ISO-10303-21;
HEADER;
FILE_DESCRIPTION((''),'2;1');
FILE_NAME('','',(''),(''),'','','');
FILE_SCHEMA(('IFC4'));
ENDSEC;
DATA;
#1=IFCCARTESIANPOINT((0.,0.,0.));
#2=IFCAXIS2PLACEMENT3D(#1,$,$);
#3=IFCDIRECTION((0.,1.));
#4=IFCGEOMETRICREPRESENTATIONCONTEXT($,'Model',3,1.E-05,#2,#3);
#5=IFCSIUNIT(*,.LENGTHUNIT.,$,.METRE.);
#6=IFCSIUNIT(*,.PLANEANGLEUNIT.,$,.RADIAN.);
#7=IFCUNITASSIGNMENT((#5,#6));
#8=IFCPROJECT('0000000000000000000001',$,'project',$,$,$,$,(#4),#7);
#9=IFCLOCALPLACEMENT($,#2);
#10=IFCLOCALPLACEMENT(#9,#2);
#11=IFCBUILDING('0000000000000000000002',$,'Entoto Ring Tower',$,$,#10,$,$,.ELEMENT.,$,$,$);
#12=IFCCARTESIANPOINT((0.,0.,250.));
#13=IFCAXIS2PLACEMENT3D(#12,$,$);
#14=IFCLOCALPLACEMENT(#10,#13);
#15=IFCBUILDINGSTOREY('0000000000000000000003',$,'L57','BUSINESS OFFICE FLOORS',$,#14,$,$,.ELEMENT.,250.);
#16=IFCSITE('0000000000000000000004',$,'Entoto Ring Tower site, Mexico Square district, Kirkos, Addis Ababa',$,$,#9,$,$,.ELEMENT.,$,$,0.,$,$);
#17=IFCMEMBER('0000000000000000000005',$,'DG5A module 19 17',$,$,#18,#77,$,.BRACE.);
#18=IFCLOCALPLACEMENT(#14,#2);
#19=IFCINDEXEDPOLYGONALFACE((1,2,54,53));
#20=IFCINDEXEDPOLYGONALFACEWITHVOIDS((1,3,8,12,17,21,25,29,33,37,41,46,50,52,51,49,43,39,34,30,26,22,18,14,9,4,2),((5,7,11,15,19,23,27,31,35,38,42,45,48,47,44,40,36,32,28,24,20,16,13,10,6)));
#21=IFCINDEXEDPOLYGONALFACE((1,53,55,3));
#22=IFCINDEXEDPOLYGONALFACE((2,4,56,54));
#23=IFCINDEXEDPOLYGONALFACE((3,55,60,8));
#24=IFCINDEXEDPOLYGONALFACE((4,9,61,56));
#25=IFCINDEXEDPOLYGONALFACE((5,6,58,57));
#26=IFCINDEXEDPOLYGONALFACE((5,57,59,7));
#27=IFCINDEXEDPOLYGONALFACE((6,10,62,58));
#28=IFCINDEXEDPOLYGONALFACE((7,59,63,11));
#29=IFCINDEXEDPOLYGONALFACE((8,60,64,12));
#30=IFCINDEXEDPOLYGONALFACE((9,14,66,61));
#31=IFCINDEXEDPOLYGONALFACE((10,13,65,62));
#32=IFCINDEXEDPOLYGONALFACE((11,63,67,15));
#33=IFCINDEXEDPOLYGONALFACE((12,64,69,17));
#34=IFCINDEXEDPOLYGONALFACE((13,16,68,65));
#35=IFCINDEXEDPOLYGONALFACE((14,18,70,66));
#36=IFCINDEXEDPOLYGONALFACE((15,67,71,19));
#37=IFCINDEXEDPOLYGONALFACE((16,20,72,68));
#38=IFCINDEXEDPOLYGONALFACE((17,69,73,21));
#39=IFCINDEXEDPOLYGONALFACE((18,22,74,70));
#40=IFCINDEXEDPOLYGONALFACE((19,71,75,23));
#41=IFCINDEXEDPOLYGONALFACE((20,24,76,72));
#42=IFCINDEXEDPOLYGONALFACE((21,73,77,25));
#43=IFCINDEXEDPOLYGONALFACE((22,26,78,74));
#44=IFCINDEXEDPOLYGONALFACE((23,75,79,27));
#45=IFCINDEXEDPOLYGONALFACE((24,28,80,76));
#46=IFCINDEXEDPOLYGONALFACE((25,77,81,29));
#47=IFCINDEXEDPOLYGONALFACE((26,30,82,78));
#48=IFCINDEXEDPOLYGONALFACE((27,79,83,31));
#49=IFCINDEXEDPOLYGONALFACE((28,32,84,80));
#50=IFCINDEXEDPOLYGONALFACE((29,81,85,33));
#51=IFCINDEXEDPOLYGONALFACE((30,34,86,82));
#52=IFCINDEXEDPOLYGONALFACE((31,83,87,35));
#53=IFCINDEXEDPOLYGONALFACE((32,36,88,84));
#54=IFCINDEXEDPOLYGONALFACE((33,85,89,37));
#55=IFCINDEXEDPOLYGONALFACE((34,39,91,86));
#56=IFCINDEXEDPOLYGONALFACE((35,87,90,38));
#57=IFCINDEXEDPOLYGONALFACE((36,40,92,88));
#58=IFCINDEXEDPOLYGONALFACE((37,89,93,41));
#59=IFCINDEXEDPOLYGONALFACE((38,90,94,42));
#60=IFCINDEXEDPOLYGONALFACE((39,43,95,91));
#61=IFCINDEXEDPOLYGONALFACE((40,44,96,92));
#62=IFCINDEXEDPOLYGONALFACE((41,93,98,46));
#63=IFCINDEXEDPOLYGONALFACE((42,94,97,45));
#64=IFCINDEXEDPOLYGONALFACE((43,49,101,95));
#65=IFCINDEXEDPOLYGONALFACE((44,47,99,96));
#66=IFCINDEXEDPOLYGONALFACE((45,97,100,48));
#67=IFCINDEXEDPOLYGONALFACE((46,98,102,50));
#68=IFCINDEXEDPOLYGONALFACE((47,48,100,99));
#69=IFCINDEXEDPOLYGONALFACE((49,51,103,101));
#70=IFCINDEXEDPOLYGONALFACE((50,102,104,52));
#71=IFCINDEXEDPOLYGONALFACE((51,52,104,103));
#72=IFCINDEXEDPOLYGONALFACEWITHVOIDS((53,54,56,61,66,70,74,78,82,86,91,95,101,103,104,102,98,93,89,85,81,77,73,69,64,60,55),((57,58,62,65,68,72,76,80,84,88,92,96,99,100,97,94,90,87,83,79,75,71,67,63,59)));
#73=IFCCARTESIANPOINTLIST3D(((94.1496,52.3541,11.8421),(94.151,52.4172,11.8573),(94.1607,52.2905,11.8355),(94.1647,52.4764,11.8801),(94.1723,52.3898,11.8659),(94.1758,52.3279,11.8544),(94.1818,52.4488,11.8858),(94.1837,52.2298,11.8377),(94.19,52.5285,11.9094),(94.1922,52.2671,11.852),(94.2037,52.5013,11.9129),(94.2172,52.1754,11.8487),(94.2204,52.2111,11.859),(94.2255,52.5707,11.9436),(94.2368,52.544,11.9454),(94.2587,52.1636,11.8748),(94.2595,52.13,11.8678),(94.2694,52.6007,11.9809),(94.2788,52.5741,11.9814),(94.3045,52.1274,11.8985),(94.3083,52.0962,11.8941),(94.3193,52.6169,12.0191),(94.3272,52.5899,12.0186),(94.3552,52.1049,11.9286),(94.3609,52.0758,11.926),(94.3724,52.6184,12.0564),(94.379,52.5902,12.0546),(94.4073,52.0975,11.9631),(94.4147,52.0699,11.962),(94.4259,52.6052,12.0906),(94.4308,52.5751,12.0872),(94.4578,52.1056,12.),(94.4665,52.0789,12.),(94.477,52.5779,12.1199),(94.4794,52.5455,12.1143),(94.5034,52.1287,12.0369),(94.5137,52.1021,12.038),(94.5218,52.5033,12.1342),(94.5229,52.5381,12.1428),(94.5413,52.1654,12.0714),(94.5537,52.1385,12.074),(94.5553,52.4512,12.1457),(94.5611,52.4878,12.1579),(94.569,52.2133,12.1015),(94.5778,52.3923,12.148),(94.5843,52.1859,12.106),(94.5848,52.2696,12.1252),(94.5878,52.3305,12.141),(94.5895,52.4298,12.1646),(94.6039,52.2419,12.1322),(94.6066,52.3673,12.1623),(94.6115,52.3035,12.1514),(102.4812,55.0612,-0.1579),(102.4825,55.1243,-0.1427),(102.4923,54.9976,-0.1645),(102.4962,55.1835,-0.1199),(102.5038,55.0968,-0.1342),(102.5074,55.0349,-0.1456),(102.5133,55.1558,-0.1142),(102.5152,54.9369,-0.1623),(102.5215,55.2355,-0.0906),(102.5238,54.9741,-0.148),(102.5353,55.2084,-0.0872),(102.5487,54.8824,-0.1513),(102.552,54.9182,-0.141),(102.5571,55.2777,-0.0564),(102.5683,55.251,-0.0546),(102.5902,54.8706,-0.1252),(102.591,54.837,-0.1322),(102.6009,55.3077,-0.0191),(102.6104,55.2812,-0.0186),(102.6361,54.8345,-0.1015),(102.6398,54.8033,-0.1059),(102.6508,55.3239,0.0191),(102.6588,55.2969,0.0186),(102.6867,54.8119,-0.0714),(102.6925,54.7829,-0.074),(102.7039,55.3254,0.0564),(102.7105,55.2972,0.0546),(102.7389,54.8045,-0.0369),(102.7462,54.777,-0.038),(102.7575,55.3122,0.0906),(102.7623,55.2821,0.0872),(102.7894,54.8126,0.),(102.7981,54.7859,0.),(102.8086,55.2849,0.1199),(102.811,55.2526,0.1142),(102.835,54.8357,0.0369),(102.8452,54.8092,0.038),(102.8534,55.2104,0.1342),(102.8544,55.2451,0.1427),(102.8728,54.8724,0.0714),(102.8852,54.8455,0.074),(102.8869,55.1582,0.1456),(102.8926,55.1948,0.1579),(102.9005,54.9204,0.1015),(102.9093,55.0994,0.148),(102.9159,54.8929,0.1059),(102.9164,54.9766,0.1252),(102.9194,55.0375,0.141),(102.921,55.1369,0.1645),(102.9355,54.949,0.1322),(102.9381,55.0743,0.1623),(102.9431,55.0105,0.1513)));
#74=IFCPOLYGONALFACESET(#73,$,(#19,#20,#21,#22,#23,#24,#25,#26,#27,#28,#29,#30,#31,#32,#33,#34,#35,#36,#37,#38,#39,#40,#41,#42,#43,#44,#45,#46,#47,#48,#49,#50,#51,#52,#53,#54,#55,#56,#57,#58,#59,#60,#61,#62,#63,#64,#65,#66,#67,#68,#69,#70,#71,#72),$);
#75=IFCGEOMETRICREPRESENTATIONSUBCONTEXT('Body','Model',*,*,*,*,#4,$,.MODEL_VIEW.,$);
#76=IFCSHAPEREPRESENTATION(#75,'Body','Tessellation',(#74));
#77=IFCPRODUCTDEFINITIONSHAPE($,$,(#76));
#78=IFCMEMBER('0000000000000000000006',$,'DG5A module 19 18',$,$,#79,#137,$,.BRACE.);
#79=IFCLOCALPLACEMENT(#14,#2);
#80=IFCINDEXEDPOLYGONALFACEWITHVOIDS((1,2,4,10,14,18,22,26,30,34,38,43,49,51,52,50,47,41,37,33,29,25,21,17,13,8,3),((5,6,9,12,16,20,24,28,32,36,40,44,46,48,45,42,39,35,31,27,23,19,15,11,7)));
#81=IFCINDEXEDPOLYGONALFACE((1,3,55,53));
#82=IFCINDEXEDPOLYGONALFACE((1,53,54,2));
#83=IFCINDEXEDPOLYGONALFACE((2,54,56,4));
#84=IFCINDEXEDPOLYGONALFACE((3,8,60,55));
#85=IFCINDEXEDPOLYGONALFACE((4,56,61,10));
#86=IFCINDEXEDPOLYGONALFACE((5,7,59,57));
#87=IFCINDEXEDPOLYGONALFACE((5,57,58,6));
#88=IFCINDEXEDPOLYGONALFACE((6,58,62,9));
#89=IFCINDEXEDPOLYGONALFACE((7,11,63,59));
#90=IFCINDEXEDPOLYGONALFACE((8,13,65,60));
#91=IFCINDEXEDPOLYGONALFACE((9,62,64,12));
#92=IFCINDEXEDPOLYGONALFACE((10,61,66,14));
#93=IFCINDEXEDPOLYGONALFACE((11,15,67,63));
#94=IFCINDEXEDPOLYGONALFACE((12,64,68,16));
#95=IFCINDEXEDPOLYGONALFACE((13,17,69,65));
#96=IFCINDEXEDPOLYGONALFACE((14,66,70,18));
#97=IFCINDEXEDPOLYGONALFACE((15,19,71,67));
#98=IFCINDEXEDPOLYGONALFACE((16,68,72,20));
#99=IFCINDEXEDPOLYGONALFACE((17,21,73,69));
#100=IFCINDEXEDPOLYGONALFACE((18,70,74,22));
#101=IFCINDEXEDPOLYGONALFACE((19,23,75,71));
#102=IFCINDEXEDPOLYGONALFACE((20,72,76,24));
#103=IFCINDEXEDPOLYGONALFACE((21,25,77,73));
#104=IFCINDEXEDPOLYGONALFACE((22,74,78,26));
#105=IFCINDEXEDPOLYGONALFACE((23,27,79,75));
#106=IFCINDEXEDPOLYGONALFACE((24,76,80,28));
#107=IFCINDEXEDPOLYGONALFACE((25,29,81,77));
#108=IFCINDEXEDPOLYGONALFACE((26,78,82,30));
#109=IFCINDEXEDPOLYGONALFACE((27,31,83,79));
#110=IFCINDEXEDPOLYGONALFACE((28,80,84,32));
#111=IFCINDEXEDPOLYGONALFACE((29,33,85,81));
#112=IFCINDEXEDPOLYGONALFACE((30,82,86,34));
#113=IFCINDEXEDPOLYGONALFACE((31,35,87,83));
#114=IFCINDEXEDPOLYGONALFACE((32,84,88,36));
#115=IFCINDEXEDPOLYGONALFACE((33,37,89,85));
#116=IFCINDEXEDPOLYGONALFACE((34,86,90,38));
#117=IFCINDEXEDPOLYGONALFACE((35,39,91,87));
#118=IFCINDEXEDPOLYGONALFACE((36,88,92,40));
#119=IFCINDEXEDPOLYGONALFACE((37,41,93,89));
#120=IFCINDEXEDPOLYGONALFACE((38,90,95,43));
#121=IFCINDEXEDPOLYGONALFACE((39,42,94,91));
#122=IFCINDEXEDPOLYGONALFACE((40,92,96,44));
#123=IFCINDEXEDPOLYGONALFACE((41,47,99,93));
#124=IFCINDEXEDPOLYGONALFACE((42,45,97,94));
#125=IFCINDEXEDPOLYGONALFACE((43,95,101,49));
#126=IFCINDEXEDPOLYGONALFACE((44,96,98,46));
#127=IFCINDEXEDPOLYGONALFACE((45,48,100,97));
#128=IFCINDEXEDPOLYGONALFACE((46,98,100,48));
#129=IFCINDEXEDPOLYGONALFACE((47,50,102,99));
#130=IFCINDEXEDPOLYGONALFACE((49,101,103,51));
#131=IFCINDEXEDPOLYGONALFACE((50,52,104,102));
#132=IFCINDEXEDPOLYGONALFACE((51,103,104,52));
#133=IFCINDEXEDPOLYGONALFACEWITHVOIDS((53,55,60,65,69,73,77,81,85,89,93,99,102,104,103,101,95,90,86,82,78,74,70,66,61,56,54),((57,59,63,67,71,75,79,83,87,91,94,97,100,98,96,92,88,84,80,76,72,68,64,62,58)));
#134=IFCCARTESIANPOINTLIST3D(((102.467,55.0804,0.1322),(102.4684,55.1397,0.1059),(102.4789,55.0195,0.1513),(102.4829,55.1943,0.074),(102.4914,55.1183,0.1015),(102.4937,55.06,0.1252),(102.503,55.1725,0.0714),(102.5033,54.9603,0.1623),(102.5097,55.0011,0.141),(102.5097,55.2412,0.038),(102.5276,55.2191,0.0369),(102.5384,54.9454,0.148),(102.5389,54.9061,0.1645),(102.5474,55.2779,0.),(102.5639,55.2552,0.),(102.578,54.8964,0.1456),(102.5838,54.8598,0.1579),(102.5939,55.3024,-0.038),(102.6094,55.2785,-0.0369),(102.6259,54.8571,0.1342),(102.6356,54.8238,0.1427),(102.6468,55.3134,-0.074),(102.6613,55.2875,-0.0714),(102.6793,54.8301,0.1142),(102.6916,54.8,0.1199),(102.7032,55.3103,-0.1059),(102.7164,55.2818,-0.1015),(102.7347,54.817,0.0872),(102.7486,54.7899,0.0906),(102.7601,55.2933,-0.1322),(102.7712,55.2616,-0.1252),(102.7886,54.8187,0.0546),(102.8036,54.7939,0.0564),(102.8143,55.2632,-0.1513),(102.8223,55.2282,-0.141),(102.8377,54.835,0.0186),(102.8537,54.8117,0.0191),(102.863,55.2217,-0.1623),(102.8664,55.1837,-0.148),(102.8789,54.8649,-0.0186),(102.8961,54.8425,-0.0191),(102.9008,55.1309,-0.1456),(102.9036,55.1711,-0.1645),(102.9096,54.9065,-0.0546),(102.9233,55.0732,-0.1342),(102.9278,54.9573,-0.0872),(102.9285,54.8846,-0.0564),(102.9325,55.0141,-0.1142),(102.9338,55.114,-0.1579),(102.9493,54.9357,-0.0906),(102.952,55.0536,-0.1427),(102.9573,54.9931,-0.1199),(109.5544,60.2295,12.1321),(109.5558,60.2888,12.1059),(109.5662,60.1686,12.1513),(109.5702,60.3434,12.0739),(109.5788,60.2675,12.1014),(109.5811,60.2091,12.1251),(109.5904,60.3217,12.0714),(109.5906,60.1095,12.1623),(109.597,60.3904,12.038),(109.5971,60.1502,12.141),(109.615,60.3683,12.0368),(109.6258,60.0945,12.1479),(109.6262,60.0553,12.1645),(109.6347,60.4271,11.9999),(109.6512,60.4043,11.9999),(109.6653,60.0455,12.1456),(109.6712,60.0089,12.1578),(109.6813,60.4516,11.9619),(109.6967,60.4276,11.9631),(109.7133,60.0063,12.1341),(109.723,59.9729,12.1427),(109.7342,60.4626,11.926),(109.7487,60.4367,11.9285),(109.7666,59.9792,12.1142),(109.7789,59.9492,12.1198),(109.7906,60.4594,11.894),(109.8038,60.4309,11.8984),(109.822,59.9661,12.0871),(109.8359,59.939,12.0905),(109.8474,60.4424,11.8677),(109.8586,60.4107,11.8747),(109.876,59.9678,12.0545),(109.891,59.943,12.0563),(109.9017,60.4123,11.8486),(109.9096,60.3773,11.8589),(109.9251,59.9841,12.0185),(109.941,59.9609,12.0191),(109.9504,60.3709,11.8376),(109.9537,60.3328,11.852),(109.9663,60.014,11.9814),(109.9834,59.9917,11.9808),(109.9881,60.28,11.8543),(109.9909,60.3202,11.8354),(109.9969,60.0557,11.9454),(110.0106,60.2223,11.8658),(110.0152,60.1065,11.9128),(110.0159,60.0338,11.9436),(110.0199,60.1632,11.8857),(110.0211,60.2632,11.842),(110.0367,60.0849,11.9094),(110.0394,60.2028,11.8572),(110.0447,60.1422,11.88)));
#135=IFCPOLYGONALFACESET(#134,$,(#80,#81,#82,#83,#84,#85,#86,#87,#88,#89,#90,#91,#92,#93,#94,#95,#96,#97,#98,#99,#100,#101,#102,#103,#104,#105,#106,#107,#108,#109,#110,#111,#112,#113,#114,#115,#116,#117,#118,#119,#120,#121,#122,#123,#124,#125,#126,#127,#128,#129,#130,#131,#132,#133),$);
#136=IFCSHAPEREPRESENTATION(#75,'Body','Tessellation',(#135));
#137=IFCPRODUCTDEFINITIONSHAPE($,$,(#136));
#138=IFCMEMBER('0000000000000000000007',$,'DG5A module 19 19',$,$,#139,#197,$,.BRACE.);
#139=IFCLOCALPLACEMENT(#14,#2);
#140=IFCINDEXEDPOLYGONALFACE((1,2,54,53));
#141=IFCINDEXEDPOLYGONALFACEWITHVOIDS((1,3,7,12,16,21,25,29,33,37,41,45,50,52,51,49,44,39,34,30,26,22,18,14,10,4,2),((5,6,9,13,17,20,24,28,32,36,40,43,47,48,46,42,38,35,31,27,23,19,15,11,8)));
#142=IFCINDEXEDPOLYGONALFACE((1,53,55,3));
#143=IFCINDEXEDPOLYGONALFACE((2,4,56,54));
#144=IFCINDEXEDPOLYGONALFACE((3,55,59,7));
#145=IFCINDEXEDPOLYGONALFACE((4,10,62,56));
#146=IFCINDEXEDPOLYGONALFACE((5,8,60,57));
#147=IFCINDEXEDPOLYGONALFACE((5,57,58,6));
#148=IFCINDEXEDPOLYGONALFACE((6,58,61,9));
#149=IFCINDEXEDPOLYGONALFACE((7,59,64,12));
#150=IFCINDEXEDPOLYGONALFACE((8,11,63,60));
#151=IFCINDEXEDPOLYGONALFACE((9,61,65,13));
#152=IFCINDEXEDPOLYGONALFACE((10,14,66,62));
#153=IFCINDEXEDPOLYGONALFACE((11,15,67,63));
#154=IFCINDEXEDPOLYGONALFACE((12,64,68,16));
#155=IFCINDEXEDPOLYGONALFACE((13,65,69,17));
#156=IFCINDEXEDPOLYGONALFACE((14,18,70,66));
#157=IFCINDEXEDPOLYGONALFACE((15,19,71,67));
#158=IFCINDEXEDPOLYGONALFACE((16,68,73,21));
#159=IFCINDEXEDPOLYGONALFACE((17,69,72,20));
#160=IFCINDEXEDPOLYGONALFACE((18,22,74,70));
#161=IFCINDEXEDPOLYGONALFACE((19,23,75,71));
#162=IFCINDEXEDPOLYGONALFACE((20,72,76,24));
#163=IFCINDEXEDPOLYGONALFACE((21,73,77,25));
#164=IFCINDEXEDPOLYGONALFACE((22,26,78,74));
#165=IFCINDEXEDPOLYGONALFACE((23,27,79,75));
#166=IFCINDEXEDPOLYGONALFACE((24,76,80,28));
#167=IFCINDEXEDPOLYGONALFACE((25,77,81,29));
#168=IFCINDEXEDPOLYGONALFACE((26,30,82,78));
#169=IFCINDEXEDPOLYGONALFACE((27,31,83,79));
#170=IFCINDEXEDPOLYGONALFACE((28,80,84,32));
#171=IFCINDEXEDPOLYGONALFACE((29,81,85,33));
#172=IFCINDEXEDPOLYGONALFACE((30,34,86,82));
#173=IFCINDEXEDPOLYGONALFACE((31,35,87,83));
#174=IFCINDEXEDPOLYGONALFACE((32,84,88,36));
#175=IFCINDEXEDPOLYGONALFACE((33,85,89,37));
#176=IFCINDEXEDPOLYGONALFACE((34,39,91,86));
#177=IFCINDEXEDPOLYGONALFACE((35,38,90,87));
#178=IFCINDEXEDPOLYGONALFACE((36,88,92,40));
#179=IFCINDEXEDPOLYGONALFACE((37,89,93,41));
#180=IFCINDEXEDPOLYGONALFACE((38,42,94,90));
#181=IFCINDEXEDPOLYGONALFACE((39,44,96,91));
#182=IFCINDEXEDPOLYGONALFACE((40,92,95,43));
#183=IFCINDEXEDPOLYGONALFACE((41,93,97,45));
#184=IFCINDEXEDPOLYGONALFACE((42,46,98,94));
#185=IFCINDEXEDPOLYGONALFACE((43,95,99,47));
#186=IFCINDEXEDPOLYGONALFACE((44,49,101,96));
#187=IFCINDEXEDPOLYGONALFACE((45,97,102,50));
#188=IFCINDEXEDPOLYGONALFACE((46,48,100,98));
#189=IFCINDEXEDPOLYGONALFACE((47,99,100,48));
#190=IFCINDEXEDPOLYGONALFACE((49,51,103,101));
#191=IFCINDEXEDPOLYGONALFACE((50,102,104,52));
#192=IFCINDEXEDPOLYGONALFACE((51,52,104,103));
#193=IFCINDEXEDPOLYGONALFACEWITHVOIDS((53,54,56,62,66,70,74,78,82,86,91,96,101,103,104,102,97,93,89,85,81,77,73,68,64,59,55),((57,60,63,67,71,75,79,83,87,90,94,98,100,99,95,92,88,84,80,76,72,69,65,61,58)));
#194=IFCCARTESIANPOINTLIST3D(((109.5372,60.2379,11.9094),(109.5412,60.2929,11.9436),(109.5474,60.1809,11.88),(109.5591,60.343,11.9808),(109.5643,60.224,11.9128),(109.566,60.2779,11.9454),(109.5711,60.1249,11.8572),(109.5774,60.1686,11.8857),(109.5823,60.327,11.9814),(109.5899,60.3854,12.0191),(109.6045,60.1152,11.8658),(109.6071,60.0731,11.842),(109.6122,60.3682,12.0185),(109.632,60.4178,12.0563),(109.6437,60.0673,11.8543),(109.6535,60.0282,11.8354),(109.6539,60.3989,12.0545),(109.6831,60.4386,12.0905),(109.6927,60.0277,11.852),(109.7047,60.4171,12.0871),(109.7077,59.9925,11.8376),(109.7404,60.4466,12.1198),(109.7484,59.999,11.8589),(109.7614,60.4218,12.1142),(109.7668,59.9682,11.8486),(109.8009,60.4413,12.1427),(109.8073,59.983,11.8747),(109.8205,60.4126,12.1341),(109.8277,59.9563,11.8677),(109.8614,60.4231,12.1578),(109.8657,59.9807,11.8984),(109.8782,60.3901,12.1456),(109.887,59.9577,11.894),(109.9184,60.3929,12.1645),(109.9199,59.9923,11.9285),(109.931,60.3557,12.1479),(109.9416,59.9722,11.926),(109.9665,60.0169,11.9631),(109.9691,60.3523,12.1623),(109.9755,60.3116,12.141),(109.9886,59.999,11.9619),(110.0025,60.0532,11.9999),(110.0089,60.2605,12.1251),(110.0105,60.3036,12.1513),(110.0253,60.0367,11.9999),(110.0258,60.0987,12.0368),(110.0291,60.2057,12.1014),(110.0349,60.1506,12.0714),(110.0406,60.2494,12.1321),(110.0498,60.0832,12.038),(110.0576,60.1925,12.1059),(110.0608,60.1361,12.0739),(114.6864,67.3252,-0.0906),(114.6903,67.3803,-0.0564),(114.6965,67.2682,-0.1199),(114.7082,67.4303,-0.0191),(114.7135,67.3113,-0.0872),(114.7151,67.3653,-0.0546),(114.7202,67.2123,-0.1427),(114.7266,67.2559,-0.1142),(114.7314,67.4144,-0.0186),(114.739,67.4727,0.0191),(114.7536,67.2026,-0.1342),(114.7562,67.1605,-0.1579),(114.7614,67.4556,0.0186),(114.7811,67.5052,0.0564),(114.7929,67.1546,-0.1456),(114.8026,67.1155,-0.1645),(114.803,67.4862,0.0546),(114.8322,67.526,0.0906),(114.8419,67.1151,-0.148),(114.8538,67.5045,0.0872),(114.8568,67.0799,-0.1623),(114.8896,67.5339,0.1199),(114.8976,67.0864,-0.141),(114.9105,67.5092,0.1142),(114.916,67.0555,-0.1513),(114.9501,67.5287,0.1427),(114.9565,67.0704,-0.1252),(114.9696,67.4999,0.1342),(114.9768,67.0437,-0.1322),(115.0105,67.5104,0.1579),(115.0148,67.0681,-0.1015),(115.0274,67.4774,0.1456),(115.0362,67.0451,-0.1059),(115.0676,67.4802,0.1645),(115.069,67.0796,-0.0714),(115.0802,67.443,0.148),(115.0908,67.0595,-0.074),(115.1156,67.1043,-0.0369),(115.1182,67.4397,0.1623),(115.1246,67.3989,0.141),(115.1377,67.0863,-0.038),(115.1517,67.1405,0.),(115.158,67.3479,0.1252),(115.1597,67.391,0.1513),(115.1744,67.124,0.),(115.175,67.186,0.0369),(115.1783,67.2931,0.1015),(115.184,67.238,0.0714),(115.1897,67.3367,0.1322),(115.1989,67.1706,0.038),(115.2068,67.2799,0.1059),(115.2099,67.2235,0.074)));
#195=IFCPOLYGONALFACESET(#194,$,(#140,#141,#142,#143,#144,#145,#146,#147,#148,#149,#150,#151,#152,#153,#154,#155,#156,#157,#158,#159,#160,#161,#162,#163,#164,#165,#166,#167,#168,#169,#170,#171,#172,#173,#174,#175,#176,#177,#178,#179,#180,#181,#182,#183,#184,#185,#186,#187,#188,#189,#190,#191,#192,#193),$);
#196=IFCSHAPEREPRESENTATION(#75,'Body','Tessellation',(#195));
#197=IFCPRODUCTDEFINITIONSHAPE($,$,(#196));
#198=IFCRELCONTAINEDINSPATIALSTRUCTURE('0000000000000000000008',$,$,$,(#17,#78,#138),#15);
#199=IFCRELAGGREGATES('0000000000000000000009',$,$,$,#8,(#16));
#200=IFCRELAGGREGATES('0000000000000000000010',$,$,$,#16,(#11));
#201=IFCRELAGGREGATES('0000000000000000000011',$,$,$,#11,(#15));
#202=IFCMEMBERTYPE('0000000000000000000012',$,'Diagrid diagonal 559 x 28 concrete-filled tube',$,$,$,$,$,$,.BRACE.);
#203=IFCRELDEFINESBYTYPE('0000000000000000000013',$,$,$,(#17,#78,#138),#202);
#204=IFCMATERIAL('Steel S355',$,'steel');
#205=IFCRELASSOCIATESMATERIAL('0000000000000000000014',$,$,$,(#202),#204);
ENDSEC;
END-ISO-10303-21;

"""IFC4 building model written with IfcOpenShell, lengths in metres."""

from ifc_helpers import new_model, si_unit, direction, frame, origin, origin_2d, place, context, subcontext, project, spatial, circle, hollow_circle, extrude, material, material_profile, profile_set, type_object, element, save


model = new_model("IFC4")

# Units and contexts
model_context = context("Model", 3, precision=1e-05, world=origin(), true_north=direction((0.0, 1.0)))
body_context = subcontext(model_context, "Body", "Model", "MODEL_VIEW")
ifc_project = project(units=[si_unit("LENGTHUNIT", "METRE"), si_unit("PLANEANGLEUNIT", "RADIAN")], contexts=[model_context])

# Site, building, storey
site_placement = place(None, origin())
site = spatial("IfcSite", under=ifc_project, at=site_placement, Name="Entoto Ring Tower site, Mexico Square district, Kirkos, Addis Ababa", CompositionType="ELEMENT", RefElevation=0.0)
building_placement = place(site_placement, origin())
building = spatial("IfcBuilding", under=site, at=building_placement, Name="Entoto Ring Tower", CompositionType="ELEMENT")
storey_placement = place(building_placement, frame((0.0, 0.0, 250.0)))
storey = spatial("IfcBuildingStorey", under=building, at=storey_placement, Name="L57", Description="BUSINESS OFFICE FLOORS", CompositionType="ELEMENT", Elevation=250.0)

# Members
ifc_material_1 = material(Name="Steel S355", Category="steel")
ifc_material_profile_1 = material_profile(ifc_material_1, hollow_circle(Radius=0.2795, WallThickness=0.0281, at=origin_2d()), Name="CHS 559 x 28")
ifc_material_2 = material(Name="Concrete C60/75", Category="concrete")
ifc_material_profile_2 = material_profile(ifc_material_2, circle(Radius=0.2515, at=origin_2d()), Name="Concrete C60/75 infill")
ifc_profile_set_1 = profile_set([ifc_material_profile_1, ifc_material_profile_2], Name="Steel S355")
member_type_1 = type_object("IfcMemberType", Name="Diagrid diagonal 559 x 28 concrete-filled tube", PredefinedType="BRACE", material=ifc_profile_set_1)
for number, where, z_axis, x_axis, name in (
    (1, (102.7117, 55.0518, 0.0), (-0.560767, -0.182201, 0.807678), (0.309012, -0.951058, 0.0), "DG5A module 19 17"),
    (2, (102.7117, 55.0518, 0.0), (0.477025, 0.34657, 0.807673), (-0.587776, 0.809024, 0.0), "DG5A module 19 18"),
    (3, (114.9482, 67.2883, 0.0), (-0.34657, -0.477025, 0.807673), (0.809024, -0.587776, 0.0), "DG5A module 19 19"),
):
    element("IfcMember", number, at=place(storey_placement, frame(where, z_axis=z_axis, x_axis=x_axis)), inside=storey, type_object=member_type_1, Name=name, PredefinedType="BRACE", context=body_context, shape_type="SweptSolid", body=[
        extrude(hollow_circle(Radius=0.2795, WallThickness=0.0281, at=origin_2d()), origin(), (0.0, 0.0, 1.0), 14.8574),
    ])

save(model, "model.ifc")
